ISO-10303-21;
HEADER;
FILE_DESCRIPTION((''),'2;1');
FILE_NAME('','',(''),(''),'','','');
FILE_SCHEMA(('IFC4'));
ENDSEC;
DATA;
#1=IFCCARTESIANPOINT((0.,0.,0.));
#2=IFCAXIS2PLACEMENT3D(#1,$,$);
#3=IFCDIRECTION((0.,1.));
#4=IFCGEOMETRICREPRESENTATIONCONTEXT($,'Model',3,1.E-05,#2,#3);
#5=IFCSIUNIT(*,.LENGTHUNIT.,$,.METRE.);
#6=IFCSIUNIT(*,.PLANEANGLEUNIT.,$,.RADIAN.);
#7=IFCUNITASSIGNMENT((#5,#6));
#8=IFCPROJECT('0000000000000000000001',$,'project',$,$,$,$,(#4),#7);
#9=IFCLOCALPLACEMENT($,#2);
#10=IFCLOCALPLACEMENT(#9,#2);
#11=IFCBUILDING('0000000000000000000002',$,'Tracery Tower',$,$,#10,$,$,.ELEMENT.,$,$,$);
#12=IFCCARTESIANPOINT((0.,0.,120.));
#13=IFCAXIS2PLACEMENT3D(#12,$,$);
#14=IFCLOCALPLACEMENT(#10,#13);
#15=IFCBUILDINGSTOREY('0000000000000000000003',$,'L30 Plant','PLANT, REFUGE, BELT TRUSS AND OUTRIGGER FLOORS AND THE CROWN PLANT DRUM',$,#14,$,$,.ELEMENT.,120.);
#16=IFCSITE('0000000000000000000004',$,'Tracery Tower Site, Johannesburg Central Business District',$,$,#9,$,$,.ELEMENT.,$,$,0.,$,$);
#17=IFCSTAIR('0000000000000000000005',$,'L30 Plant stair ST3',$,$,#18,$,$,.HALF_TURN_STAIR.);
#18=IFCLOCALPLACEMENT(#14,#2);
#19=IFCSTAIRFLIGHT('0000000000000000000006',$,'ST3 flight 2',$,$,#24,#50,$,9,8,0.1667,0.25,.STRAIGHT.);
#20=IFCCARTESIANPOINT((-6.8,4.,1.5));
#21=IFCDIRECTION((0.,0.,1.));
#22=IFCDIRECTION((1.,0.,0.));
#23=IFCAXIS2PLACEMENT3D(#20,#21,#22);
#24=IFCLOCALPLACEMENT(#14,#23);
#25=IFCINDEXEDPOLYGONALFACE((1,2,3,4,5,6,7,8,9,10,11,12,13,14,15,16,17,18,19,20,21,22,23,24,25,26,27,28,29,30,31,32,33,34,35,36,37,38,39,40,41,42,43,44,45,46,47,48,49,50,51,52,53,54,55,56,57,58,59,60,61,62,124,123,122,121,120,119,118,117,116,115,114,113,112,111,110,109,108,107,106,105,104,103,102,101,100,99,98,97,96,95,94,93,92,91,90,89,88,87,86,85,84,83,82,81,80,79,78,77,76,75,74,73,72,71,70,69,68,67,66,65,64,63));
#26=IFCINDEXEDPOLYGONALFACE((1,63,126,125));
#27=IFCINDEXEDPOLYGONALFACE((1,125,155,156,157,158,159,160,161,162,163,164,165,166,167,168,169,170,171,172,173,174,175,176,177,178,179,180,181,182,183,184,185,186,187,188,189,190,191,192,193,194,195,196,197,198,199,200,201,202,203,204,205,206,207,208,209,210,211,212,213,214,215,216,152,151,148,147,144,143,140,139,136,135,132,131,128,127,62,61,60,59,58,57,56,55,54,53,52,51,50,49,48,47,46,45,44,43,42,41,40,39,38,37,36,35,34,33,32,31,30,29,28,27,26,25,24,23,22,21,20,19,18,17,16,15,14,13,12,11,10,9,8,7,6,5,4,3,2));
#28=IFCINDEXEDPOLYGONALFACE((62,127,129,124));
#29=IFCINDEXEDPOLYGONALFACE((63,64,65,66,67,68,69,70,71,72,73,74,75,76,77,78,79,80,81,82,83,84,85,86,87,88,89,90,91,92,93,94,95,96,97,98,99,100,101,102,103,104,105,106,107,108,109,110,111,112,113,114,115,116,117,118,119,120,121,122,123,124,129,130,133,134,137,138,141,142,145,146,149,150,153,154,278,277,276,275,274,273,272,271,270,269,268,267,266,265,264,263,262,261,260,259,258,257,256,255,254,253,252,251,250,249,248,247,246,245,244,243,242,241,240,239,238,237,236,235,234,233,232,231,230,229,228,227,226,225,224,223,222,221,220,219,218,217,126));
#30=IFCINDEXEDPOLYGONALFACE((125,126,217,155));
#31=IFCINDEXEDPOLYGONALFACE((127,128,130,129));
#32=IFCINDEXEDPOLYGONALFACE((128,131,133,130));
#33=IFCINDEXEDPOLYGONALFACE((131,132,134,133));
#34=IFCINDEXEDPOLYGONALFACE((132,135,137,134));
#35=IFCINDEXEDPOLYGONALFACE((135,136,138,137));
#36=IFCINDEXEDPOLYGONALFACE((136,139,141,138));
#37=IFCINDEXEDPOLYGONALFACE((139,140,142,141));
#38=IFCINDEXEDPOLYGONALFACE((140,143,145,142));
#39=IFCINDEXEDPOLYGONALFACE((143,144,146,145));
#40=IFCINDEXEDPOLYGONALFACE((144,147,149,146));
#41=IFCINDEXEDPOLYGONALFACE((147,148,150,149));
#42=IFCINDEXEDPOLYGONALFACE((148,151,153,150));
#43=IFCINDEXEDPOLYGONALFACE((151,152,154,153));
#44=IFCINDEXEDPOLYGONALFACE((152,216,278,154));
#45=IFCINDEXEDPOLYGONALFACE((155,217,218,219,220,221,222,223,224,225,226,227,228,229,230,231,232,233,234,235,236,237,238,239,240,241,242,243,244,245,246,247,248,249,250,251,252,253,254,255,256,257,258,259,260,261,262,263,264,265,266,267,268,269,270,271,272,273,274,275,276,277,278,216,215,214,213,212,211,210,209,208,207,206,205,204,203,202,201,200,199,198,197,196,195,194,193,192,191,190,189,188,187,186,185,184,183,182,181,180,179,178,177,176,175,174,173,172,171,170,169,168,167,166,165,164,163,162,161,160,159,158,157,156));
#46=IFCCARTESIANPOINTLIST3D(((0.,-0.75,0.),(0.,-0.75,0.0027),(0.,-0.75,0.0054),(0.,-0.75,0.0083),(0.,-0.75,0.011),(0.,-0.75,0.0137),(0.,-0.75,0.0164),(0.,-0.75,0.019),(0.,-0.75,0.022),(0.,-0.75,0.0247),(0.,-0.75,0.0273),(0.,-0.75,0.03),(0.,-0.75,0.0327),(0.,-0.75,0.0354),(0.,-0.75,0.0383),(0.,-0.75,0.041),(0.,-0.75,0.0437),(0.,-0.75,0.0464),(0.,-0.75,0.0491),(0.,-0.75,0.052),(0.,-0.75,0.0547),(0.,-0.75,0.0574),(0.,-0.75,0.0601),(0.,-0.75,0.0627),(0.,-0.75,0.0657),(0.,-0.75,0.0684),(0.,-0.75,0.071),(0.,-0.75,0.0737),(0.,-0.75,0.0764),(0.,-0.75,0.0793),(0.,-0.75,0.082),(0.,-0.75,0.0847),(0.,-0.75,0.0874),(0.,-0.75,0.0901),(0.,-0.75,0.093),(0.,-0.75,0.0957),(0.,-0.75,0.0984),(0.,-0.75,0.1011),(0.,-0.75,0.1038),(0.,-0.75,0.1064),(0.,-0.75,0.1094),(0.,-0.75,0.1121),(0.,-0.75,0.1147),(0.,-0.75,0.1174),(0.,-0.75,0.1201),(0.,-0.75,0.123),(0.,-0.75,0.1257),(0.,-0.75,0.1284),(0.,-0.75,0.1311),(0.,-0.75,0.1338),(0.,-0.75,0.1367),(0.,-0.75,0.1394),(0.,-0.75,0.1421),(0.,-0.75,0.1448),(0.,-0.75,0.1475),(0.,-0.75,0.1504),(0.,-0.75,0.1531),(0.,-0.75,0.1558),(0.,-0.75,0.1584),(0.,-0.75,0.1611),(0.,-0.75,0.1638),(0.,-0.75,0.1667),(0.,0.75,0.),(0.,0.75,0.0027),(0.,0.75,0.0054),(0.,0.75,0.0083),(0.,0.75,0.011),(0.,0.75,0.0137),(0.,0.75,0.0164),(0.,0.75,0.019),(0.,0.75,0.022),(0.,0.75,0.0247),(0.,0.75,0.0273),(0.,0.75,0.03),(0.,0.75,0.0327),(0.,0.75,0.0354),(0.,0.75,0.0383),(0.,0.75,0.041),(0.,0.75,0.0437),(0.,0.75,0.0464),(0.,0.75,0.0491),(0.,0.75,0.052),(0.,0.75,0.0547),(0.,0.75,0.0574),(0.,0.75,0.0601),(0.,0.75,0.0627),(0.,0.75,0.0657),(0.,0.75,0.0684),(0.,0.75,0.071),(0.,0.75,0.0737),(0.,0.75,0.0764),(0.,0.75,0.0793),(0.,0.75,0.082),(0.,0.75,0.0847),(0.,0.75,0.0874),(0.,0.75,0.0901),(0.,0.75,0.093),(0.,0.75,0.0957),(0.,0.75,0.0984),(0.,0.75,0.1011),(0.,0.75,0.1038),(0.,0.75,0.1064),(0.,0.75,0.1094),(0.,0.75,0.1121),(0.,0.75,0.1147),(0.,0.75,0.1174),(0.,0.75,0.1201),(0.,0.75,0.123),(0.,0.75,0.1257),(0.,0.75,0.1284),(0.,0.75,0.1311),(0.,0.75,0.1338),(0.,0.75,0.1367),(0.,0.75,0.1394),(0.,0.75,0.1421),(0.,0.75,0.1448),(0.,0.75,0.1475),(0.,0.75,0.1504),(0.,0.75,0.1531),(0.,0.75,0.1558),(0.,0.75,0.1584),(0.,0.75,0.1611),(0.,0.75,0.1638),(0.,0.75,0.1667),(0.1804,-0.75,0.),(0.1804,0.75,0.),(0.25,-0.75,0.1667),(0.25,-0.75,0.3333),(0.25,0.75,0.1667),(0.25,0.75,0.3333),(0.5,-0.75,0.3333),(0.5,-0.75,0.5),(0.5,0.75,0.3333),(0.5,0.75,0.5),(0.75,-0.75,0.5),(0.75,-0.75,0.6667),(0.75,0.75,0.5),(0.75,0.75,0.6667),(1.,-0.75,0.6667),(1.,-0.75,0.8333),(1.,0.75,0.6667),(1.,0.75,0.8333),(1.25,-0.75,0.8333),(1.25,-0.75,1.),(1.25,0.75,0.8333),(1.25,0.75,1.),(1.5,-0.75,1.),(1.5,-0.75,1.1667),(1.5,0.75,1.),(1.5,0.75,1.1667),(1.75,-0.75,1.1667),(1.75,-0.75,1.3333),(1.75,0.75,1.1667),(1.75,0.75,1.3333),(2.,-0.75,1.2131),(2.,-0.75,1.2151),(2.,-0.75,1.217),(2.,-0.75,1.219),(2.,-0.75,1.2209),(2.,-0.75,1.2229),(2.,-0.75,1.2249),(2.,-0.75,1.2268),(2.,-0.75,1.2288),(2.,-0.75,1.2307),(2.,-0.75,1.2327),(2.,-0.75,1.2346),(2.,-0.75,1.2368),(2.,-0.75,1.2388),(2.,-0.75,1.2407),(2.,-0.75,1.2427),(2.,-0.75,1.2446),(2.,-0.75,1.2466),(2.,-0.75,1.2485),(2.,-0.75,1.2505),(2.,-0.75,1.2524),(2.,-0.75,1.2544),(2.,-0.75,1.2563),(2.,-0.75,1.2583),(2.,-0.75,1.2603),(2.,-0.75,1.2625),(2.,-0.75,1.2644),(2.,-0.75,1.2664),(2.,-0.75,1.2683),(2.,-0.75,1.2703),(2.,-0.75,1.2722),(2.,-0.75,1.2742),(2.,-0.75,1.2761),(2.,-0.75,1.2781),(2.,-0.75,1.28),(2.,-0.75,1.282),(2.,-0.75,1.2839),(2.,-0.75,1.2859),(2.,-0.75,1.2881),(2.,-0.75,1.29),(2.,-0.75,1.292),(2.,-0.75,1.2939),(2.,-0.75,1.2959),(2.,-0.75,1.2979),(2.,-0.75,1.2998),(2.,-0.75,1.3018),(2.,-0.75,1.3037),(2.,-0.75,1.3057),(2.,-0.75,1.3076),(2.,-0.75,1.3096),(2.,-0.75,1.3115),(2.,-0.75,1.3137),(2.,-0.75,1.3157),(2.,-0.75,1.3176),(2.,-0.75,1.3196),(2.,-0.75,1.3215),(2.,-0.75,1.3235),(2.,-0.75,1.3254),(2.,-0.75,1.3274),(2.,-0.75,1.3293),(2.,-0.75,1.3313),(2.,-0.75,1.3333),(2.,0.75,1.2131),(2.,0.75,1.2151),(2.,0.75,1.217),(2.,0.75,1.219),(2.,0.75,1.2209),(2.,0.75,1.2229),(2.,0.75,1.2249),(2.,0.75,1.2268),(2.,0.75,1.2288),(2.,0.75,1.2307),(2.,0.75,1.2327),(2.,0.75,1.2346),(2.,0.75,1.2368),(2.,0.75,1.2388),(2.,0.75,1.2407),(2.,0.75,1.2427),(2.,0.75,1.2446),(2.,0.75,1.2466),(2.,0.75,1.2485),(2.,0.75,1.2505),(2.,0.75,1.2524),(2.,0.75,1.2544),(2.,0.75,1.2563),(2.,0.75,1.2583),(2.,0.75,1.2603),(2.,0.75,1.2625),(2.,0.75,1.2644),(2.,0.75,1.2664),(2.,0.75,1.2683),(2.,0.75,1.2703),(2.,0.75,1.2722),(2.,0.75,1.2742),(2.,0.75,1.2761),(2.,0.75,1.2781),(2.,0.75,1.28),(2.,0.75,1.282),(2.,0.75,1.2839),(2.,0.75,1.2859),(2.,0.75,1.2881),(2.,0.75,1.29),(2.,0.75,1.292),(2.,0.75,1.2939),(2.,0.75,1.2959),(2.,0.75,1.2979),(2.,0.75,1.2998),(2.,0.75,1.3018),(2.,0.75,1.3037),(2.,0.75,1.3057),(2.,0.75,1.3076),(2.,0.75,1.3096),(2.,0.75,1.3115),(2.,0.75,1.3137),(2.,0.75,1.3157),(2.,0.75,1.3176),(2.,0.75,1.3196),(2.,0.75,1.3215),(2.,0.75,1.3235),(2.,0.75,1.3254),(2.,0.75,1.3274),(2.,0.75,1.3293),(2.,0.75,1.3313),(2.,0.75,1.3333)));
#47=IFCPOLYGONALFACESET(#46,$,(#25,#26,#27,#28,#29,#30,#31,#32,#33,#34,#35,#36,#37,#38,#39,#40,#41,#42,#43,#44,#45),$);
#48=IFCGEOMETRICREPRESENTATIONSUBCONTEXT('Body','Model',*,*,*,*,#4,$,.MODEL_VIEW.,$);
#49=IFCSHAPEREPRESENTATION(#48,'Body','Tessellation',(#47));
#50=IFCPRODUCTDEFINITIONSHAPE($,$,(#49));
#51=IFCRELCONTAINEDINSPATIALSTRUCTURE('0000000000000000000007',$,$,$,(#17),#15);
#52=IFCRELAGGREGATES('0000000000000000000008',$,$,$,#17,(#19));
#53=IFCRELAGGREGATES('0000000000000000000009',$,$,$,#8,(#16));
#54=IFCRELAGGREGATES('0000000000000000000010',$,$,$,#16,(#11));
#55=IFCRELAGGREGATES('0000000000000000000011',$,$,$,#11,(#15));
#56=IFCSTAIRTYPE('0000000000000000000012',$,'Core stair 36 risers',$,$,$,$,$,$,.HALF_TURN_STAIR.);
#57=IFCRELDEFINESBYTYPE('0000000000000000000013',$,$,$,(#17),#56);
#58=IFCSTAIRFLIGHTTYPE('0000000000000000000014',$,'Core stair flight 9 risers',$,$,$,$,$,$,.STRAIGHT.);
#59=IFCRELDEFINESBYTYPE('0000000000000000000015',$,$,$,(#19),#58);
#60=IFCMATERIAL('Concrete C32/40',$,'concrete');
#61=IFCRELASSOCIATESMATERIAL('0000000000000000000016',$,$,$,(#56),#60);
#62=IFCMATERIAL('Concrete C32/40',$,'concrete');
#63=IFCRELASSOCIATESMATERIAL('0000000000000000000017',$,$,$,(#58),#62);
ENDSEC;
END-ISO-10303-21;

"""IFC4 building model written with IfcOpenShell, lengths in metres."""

from ifc_helpers import new_model, si_unit, direction, frame, origin, place, context, subcontext, project, spatial, polyline, outline, extrude, material, type_object, element, aggregate, save


model = new_model("IFC4")

# Units and contexts
model_context = context("Model", 3, precision=1e-05, world=origin(), true_north=direction((0.0, 1.0)))
body_context = subcontext(model_context, "Body", "Model", "MODEL_VIEW")
ifc_project = project(units=[si_unit("LENGTHUNIT", "METRE"), si_unit("PLANEANGLEUNIT", "RADIAN")], contexts=[model_context])

# Site, building, storey
site_placement = place(None, origin())
site = spatial("IfcSite", under=ifc_project, at=site_placement, Name="Tracery Tower Site, Johannesburg Central Business District", CompositionType="ELEMENT", RefElevation=0.0)
building_placement = place(site_placement, origin())
building = spatial("IfcBuilding", under=site, at=building_placement, Name="Tracery Tower", CompositionType="ELEMENT")
storey_placement = place(building_placement, frame((0.0, 0.0, 120.0)))
storey = spatial("IfcBuildingStorey", under=building, at=storey_placement, Name="L30 Plant", Description="PLANT, REFUGE, BELT TRUSS AND OUTRIGGER FLOORS AND THE CROWN PLANT DRUM", CompositionType="ELEMENT", Elevation=120.0)

# Stair, stair flight
ifc_material_1 = material(Name="Concrete C32/40", Category="concrete")
stair_type = type_object("IfcStairType", Name="Core stair 36 risers", PredefinedType="HALF_TURN_STAIR", material=ifc_material_1)
stair_placement = place(storey_placement, origin())
stair = element("IfcStair", 1, at=stair_placement, inside=storey, type_object=stair_type, Name="L30 Plant stair ST3", PredefinedType="HALF_TURN_STAIR")
ifc_material_2 = material(Name="Concrete C32/40", Category="concrete")
stair_flight_type = type_object("IfcStairFlightType", Name="Core stair flight 9 risers", PredefinedType="STRAIGHT", material=ifc_material_2)
stair_flight_1_placement = place(storey_placement, frame((-6.8, 4.0, 1.5), z_axis=(0.0, 0.0, 1.0), x_axis=(1.0, 0.0, 0.0)))
stair_flight_1 = element("IfcStairFlight", 2, at=stair_flight_1_placement, type_object=stair_flight_type, Name="ST3 flight 2", NumberOfRisers=9, NumberOfTreads=8, PredefinedType="STRAIGHT", RiserHeight=0.1667, TreadLength=0.25, context=body_context, shape_type="SweptSolid", body=[
    extrude(outline(polyline([(0.0, 0.0), (0.0, 0.0027), (0.0, 0.0054), (0.0, 0.0083), (0.0, 0.011), (0.0, 0.0137), (0.0, 0.0164), (0.0, 0.019), (0.0, 0.022), (0.0, 0.0247), (0.0, 0.0273), (0.0, 0.03), (0.0, 0.0327), (0.0, 0.0354), (0.0, 0.0383), (0.0, 0.041), (0.0, 0.0437), (0.0, 0.0464), (0.0, 0.0491), (0.0, 0.052), (0.0, 0.0547), (0.0, 0.0574), (0.0, 0.0601), (0.0, 0.0627), (0.0, 0.0657), (0.0, 0.0684), (0.0, 0.071), (0.0, 0.0737), (0.0, 0.0764), (0.0, 0.0793), (0.0, 0.082), (0.0, 0.0847), (0.0, 0.0874), (0.0, 0.0901), (0.0, 0.093), (0.0, 0.0957), (0.0, 0.0984), (0.0, 0.1011), (0.0, 0.1038), (0.0, 0.1064), (0.0, 0.1094), (0.0, 0.1121), (0.0, 0.1147), (0.0, 0.1174), (0.0, 0.1201), (0.0, 0.123), (0.0, 0.1257), (0.0, 0.1284), (0.0, 0.1311), (0.0, 0.1338), (0.0, 0.1367), (0.0, 0.1394), (0.0, 0.1421), (0.0, 0.1448), (0.0, 0.1475), (0.0, 0.1504), (0.0, 0.1531), (0.0, 0.1558), (0.0, 0.1584), (0.0, 0.1611), (0.0, 0.1638), (0.0, 0.1667), (0.25, 0.1667), (0.25, 0.3333), (0.5, 0.3333), (0.5, 0.5), (0.75, 0.5), (0.75, 0.6667), (1.0, 0.6667), (1.0, 0.8333), (1.25, 0.8333), (1.25, 1.0), (1.5, 1.0), (1.5, 1.1667), (1.75, 1.1667), (1.75, 1.3333), (2.0, 1.3333), (2.0, 1.3313), (2.0, 1.3293), (2.0, 1.3274), (2.0, 1.3254), (2.0, 1.3235), (2.0, 1.3215), (2.0, 1.3196), (2.0, 1.3176), (2.0, 1.3157), (2.0, 1.3137), (2.0, 1.3115), (2.0, 1.3096), (2.0, 1.3076), (2.0, 1.3057), (2.0, 1.3037), (2.0, 1.3018), (2.0, 1.2998), (2.0, 1.2979), (2.0, 1.2959), (2.0, 1.2939), (2.0, 1.292), (2.0, 1.29), (2.0, 1.2881), (2.0, 1.2859), (2.0, 1.2839), (2.0, 1.282), (2.0, 1.28), (2.0, 1.2781), (2.0, 1.2761), (2.0, 1.2742), (2.0, 1.2722), (2.0, 1.2703), (2.0, 1.2683), (2.0, 1.2664), (2.0, 1.2644), (2.0, 1.2625), (2.0, 1.2603), (2.0, 1.2583), (2.0, 1.2563), (2.0, 1.2544), (2.0, 1.2524), (2.0, 1.2505), (2.0, 1.2485), (2.0, 1.2466), (2.0, 1.2446), (2.0, 1.2427), (2.0, 1.2407), (2.0, 1.2388), (2.0, 1.2368), (2.0, 1.2346), (2.0, 1.2327), (2.0, 1.2307), (2.0, 1.2288), (2.0, 1.2268), (2.0, 1.2249), (2.0, 1.2229), (2.0, 1.2209), (2.0, 1.219), (2.0, 1.217), (2.0, 1.2151), (2.0, 1.2131), (0.1804, 0.0), (0.0, 0.0)])), frame((0.0, 0.75, 0.0), z_axis=(0.0, -1.0, 0.0), x_axis=(1.0, 0.0, 0.0)), (0.0, 0.0, 1.0), 1.5),
])
aggregate(stair, [stair_flight_1])

save(model, "model.ifc")
